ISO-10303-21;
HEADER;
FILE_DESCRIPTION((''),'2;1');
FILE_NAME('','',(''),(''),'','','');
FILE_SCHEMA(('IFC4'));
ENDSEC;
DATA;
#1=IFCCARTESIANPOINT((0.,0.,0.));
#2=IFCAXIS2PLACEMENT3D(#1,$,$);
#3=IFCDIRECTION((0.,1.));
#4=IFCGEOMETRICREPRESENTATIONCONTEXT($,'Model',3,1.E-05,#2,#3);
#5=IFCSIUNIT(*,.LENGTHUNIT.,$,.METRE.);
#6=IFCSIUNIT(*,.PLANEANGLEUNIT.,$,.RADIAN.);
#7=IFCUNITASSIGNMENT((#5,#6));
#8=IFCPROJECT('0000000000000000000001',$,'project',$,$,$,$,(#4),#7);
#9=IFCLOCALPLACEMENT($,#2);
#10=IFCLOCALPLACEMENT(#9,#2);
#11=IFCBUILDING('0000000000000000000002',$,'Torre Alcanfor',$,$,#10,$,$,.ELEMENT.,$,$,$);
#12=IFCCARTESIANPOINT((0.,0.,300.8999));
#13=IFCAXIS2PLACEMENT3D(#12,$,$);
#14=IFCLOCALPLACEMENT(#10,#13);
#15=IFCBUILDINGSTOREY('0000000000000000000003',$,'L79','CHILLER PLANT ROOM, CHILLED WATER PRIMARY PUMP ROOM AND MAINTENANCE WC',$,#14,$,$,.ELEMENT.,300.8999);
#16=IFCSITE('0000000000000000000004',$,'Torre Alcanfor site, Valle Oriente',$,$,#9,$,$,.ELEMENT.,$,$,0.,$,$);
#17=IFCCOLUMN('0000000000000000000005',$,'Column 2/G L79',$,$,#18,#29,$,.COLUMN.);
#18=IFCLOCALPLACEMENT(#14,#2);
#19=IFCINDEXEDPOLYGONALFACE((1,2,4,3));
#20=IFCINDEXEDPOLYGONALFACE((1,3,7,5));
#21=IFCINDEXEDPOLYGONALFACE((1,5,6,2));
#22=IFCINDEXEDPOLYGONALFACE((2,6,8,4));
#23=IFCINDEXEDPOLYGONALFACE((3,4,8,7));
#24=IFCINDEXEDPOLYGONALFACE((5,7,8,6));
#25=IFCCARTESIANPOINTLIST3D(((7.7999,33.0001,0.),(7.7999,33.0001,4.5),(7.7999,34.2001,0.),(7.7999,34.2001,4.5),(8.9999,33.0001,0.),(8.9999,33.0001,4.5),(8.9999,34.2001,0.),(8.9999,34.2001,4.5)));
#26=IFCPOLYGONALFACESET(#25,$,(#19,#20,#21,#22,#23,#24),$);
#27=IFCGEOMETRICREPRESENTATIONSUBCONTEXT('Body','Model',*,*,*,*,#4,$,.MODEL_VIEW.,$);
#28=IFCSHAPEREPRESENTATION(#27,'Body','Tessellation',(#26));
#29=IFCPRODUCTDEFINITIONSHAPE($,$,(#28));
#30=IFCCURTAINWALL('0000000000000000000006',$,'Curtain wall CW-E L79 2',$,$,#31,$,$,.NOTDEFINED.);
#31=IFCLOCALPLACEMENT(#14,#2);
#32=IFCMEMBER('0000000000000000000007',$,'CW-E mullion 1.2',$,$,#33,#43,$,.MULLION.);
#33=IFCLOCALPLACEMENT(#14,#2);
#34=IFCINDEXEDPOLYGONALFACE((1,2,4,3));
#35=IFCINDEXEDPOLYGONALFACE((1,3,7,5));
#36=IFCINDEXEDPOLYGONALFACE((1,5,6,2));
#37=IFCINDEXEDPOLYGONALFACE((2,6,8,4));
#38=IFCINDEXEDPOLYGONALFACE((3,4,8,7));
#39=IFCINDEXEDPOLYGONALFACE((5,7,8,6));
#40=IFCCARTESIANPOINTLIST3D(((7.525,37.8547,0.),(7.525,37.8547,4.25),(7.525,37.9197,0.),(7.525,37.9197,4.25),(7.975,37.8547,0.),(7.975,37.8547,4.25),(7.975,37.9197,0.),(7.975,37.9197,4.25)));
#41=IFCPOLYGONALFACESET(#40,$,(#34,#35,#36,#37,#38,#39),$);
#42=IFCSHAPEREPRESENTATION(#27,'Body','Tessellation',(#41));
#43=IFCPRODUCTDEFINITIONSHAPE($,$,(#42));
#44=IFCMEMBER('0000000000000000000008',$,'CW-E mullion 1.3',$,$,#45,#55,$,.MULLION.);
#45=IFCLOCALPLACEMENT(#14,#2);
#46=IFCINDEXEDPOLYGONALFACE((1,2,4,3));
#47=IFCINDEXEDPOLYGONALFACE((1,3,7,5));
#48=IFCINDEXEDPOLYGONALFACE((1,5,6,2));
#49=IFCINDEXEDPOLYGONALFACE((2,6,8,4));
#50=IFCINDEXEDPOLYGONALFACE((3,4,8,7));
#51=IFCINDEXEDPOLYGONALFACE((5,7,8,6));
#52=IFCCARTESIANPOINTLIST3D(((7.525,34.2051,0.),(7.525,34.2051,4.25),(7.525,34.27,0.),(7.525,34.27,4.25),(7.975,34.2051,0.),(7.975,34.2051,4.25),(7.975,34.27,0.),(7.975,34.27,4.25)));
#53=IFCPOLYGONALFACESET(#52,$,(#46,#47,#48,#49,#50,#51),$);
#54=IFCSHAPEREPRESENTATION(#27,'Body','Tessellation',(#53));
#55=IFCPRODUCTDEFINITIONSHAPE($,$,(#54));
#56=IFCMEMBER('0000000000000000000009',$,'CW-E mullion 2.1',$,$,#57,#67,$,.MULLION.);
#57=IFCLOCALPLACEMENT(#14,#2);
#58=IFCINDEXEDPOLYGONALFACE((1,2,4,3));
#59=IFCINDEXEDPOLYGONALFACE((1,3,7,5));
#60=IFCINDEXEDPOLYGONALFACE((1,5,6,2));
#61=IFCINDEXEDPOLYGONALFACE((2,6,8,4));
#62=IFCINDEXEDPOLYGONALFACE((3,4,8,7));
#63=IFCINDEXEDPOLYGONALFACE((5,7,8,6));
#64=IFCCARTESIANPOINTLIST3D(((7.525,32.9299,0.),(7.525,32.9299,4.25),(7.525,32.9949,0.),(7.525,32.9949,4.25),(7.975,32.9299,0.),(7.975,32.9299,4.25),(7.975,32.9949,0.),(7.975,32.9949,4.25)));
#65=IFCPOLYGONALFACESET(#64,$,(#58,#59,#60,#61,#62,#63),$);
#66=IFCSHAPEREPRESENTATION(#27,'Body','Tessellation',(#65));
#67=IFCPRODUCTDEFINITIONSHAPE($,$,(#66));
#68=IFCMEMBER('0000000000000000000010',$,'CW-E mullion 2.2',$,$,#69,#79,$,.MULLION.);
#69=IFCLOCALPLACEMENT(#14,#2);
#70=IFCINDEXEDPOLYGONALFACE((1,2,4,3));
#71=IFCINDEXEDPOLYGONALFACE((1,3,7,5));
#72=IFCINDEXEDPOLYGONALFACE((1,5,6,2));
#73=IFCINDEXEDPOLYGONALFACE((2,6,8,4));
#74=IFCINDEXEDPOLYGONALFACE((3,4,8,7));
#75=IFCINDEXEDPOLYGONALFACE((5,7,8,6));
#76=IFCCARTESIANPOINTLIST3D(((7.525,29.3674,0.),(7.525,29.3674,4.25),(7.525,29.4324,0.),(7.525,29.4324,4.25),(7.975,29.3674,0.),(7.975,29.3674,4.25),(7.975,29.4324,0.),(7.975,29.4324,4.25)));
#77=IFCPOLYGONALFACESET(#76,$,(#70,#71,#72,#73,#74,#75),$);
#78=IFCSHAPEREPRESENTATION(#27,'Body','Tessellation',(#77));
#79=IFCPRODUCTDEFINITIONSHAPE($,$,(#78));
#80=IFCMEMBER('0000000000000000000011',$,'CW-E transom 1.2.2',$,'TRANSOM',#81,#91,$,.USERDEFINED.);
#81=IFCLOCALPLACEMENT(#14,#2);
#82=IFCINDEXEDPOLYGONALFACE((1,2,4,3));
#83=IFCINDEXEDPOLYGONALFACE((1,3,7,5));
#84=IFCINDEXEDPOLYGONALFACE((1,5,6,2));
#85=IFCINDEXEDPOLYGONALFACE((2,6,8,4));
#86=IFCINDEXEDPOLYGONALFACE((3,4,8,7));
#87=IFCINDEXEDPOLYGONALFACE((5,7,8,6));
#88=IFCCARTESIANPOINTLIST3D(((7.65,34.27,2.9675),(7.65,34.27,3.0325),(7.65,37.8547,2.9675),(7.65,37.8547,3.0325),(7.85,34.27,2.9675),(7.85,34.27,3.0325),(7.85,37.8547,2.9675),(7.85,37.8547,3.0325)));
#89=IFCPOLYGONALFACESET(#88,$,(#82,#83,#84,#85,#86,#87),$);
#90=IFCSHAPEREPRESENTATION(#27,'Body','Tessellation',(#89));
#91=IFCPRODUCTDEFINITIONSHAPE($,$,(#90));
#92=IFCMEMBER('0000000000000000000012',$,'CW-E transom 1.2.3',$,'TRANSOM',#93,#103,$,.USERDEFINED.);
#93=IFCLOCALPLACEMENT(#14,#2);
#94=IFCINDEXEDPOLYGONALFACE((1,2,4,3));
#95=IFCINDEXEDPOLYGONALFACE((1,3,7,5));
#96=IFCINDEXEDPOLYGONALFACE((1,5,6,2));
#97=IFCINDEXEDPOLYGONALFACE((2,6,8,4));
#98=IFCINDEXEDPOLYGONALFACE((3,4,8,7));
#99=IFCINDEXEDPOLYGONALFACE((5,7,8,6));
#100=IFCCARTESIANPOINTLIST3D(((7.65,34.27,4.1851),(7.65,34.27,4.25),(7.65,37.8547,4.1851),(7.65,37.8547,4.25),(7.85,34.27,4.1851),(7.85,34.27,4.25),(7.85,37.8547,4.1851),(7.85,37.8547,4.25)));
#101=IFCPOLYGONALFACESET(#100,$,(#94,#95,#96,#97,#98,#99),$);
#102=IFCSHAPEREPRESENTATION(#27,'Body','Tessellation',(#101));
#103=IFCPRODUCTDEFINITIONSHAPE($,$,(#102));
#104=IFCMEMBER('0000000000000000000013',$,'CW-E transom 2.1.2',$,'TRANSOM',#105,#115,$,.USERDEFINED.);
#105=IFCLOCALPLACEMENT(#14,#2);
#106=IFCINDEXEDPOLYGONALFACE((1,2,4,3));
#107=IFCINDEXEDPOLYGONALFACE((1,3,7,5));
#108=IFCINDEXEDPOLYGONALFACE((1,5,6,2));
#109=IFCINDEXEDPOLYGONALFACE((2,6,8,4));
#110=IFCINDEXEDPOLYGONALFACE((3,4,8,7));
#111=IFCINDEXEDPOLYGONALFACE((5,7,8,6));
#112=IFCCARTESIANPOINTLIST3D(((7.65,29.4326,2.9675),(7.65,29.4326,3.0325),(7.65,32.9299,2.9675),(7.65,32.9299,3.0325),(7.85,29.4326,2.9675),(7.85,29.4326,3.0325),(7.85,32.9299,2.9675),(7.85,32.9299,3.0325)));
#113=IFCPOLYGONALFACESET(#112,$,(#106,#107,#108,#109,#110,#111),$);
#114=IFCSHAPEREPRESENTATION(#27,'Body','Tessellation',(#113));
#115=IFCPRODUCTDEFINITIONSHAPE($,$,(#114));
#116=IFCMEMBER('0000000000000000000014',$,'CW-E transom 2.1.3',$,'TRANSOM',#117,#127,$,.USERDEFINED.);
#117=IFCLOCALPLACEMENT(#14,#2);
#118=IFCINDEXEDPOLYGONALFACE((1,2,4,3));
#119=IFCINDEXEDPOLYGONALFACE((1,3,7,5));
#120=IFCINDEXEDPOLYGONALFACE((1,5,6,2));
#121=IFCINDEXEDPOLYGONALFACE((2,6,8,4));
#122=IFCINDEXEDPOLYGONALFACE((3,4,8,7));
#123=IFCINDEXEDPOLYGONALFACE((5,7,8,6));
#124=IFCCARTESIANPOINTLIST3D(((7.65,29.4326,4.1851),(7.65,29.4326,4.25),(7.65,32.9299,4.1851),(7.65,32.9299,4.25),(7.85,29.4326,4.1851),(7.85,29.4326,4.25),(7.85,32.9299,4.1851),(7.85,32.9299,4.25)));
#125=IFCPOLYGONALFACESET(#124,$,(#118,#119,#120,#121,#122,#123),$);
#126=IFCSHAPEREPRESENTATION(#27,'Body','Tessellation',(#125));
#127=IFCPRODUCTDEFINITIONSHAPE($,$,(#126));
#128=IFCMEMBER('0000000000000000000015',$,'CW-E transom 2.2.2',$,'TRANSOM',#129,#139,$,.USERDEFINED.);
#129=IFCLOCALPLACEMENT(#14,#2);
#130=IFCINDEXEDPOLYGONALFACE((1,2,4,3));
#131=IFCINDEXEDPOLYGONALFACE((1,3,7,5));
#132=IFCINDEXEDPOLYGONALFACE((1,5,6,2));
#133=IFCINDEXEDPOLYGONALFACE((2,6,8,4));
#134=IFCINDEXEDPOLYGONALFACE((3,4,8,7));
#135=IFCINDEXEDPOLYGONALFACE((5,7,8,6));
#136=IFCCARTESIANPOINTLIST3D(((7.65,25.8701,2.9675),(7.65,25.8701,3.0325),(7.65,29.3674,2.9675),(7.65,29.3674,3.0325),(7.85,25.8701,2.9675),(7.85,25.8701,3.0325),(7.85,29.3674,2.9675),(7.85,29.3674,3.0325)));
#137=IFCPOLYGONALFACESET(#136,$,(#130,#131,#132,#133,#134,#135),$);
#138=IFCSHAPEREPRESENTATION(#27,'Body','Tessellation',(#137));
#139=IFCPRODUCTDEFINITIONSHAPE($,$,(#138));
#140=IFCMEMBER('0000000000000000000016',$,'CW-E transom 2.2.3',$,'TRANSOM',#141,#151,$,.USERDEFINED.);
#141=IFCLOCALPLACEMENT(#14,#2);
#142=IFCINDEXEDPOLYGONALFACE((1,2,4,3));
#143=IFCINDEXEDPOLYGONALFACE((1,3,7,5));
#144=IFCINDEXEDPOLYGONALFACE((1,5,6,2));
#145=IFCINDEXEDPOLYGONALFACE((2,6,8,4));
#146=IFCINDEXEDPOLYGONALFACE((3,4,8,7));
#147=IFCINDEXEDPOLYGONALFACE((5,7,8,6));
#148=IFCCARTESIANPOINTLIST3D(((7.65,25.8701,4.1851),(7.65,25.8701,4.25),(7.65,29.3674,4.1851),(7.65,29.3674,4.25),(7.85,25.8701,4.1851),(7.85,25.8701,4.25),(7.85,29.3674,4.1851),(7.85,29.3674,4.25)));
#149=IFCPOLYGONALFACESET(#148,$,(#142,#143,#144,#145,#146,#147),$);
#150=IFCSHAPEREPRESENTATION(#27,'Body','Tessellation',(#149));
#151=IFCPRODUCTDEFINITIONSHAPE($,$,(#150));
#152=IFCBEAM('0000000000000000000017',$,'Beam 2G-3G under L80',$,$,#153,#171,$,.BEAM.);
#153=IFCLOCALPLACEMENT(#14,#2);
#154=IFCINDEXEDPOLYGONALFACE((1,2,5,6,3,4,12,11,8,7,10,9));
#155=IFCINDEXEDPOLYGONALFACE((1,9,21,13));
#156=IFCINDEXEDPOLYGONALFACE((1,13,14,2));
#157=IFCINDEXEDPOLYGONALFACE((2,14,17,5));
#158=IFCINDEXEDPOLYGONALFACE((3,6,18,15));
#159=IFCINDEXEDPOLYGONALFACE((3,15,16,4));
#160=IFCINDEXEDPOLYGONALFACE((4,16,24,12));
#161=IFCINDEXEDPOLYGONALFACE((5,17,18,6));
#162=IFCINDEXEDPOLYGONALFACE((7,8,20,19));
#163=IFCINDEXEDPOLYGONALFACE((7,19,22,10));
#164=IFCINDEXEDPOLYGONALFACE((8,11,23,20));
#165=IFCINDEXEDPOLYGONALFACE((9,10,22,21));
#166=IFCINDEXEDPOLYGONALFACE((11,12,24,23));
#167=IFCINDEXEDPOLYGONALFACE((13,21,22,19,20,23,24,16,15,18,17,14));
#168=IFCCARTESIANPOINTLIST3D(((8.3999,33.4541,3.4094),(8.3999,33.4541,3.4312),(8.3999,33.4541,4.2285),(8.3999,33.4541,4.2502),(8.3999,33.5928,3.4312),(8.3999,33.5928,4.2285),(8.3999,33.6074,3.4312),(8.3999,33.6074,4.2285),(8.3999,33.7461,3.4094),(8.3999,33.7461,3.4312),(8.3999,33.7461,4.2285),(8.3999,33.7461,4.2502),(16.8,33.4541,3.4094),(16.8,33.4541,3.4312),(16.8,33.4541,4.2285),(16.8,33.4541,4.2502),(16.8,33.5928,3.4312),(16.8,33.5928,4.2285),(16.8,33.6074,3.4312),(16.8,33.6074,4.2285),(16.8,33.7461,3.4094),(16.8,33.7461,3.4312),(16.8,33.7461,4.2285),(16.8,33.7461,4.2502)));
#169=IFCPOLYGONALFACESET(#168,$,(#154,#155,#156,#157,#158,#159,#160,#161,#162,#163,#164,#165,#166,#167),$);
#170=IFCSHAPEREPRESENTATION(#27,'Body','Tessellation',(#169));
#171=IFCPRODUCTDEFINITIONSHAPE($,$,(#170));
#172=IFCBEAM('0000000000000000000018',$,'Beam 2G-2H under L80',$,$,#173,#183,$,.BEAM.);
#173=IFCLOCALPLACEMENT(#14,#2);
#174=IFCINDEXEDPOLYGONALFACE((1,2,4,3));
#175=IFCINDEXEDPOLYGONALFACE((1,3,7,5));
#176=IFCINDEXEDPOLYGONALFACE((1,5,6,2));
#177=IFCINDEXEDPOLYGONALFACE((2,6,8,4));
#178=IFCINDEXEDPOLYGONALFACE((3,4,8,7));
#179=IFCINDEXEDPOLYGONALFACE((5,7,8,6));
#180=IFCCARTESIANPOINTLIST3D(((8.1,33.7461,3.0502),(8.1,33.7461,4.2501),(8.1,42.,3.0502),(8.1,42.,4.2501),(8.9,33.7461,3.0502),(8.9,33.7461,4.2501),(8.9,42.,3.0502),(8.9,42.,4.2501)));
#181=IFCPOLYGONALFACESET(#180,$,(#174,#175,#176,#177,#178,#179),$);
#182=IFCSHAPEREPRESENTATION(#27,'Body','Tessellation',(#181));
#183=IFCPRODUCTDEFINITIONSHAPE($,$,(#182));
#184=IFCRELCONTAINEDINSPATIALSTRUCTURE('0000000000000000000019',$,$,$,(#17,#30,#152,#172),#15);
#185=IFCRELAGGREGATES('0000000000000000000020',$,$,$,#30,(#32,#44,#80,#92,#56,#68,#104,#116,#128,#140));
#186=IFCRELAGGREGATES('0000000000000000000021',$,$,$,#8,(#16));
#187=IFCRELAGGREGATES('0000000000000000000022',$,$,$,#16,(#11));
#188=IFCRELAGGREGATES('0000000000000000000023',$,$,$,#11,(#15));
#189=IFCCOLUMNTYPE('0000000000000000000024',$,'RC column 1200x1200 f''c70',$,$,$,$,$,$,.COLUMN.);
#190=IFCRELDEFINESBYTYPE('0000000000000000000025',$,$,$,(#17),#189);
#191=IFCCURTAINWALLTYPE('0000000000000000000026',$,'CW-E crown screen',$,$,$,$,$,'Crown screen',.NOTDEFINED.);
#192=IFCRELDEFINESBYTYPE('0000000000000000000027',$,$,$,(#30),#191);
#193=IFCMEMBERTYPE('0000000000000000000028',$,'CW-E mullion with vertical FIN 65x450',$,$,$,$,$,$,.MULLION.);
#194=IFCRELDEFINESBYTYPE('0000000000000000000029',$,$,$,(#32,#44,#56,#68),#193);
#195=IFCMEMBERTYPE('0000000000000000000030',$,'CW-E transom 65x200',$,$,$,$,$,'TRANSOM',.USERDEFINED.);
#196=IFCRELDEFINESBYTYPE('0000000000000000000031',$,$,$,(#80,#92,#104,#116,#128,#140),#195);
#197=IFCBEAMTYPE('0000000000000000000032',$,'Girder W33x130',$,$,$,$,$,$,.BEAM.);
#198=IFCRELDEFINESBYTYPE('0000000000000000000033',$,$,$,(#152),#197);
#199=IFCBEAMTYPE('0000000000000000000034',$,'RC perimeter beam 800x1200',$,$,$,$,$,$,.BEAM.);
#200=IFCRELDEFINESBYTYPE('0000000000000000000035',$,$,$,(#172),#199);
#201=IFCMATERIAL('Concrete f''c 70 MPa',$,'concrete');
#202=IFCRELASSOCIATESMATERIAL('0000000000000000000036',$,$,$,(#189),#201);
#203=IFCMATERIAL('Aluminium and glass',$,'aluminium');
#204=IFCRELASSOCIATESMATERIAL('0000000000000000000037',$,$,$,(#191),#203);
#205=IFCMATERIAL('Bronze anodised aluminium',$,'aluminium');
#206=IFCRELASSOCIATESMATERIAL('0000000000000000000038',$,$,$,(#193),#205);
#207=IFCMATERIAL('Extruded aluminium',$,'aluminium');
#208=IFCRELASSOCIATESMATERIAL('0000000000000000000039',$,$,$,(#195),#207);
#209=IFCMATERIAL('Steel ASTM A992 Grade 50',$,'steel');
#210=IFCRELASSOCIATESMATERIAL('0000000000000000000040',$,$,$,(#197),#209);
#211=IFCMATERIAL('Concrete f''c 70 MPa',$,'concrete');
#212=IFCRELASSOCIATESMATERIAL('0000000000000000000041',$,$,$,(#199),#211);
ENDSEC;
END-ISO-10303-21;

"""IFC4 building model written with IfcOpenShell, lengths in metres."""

from ifc_helpers import new_model, si_unit, direction, frame, origin, origin_2d, place, context, subcontext, project, spatial, rectangle, i_section, extrude, material, material_profile, profile_set, type_object, element, aggregate, save


model = new_model("IFC4")

# Units and contexts
model_context = context("Model", 3, precision=1e-05, world=origin(), true_north=direction((0.0, 1.0)))
body_context = subcontext(model_context, "Body", "Model", "MODEL_VIEW")
ifc_project = project(units=[si_unit("LENGTHUNIT", "METRE"), si_unit("PLANEANGLEUNIT", "RADIAN")], contexts=[model_context])

# Site, building, storey
site_placement = place(None, origin())
site = spatial("IfcSite", under=ifc_project, at=site_placement, Name="Torre Alcanfor site, Valle Oriente", CompositionType="ELEMENT", RefElevation=0.0)
building_placement = place(site_placement, origin())
building = spatial("IfcBuilding", under=site, at=building_placement, Name="Torre Alcanfor", CompositionType="ELEMENT")
storey_placement = place(building_placement, frame((0.0, 0.0, 300.8999)))
storey = spatial("IfcBuildingStorey", under=building, at=storey_placement, Name="L79", Description="CHILLER PLANT ROOM, CHILLED WATER PRIMARY PUMP ROOM AND MAINTENANCE WC", CompositionType="ELEMENT", Elevation=300.8999)

# Column
ifc_material_1 = material(Name="Concrete f'c 70 MPa", Category="concrete")
ifc_material_profile_1 = material_profile(ifc_material_1, rectangle(XDim=1.2, YDim=1.2, at=origin_2d()), Name="1200x1200")
ifc_profile_set_1 = profile_set([ifc_material_profile_1], Name="Concrete f'c 70 MPa")
column_type = type_object("IfcColumnType", Name="RC column 1200x1200 f'c70", PredefinedType="COLUMN", material=ifc_profile_set_1)
column_placement = place(storey_placement, frame((8.3999, 33.6001, 0.0), z_axis=(0.0, 0.0, 1.0), x_axis=(1.0, 0.0, 0.0)))
element("IfcColumn", 1, at=column_placement, inside=storey, type_object=column_type, Name="Column 2/G L79", PredefinedType="COLUMN", context=body_context, shape_type="SweptSolid", body=[
    extrude(rectangle(XDim=1.2, YDim=1.2, at=origin_2d()), origin(), (0.0, 0.0, 1.0), 4.5),
])

# Curtain wall, members
ifc_material_2 = material(Name="Aluminium and glass", Category="aluminium")
curtain_wall_type = type_object("IfcCurtainWallType", Name="CW-E crown screen", ElementType="Crown screen", PredefinedType="NOTDEFINED", material=ifc_material_2)
curtain_wall_placement = place(storey_placement, origin())
curtain_wall = element("IfcCurtainWall", 2, at=curtain_wall_placement, inside=storey, type_object=curtain_wall_type, Name="Curtain wall CW-E L79 2", PredefinedType="NOTDEFINED")
ifc_material_3 = material(Name="Bronze anodised aluminium", Category="aluminium")
ifc_material_profile_2 = material_profile(ifc_material_3, rectangle(XDim=0.45, YDim=0.0649, at=origin_2d()), Name="CW-E mullion 65x450")
ifc_profile_set_2 = profile_set([ifc_material_profile_2], Name="Bronze anodised aluminium")
member_type_1 = type_object("IfcMemberType", Name="CW-E mullion with vertical FIN 65x450", PredefinedType="MULLION", material=ifc_profile_set_2)
member_1_placement = place(storey_placement, frame((7.75, 37.8872, 0.0), z_axis=(0.0, 0.0, 1.0), x_axis=(1.0, 0.0, 0.0)))
member_1 = element("IfcMember", 3, at=member_1_placement, type_object=member_type_1, Name="CW-E mullion 1.2", PredefinedType="MULLION", context=body_context, shape_type="SweptSolid", body=[
    extrude(rectangle(XDim=0.45, YDim=0.0649, at=origin_2d()), origin(), (0.0, 0.0, 1.0), 4.25),
])
member_2_placement = place(storey_placement, frame((7.75, 34.2375, 0.0), z_axis=(0.0, 0.0, 1.0), x_axis=(1.0, 0.0, 0.0)))
member_2 = element("IfcMember", 4, at=member_2_placement, type_object=member_type_1, Name="CW-E mullion 1.3", PredefinedType="MULLION", context=body_context, shape_type="SweptSolid", body=[
    extrude(rectangle(XDim=0.45, YDim=0.0649, at=origin_2d()), origin(), (0.0, 0.0, 1.0), 4.25),
])
member_3_placement = place(storey_placement, frame((7.75, 32.9624, 0.0), z_axis=(0.0, 0.0, 1.0), x_axis=(1.0, 0.0, 0.0)))
member_3 = element("IfcMember", 5, at=member_3_placement, type_object=member_type_1, Name="CW-E mullion 2.1", PredefinedType="MULLION", context=body_context, shape_type="SweptSolid", body=[
    extrude(rectangle(XDim=0.45, YDim=0.0649, at=origin_2d()), origin(), (0.0, 0.0, 1.0), 4.25),
])
member_4_placement = place(storey_placement, frame((7.75, 29.3999, 0.0), z_axis=(0.0, 0.0, 1.0), x_axis=(1.0, 0.0, 0.0)))
member_4 = element("IfcMember", 6, at=member_4_placement, type_object=member_type_1, Name="CW-E mullion 2.2", PredefinedType="MULLION", context=body_context, shape_type="SweptSolid", body=[
    extrude(rectangle(XDim=0.45, YDim=0.0649, at=origin_2d()), origin(), (0.0, 0.0, 1.0), 4.25),
])
ifc_material_4 = material(Name="Extruded aluminium", Category="aluminium")
ifc_material_profile_3 = material_profile(ifc_material_4, rectangle(XDim=0.2, YDim=0.0649, at=origin_2d()), Name="CW-E transom 200x65")
ifc_profile_set_3 = profile_set([ifc_material_profile_3], Name="Extruded aluminium")
member_type_2 = type_object("IfcMemberType", Name="CW-E transom 65x200", ElementType="TRANSOM", PredefinedType="USERDEFINED", material=ifc_profile_set_3)
member_5_placement = place(storey_placement, frame((7.75, 37.8547, 3.0), z_axis=(0.0, -1.0, 0.0), x_axis=(1.0, 0.0, 0.0)))
member_5 = element("IfcMember", 7, at=member_5_placement, type_object=member_type_2, Name="CW-E transom 1.2.2", ObjectType="TRANSOM", PredefinedType="USERDEFINED", context=body_context, shape_type="SweptSolid", body=[
    extrude(rectangle(XDim=0.2, YDim=0.0649, at=origin_2d()), origin(), (0.0, 0.0, 1.0), 3.5847),
])
member_6_placement = place(storey_placement, frame((7.75, 37.8547, 4.2175), z_axis=(0.0, -1.0, 0.0), x_axis=(1.0, 0.0, 0.0)))
member_6 = element("IfcMember", 8, at=member_6_placement, type_object=member_type_2, Name="CW-E transom 1.2.3", ObjectType="TRANSOM", PredefinedType="USERDEFINED", context=body_context, shape_type="SweptSolid", body=[
    extrude(rectangle(XDim=0.2, YDim=0.0649, at=origin_2d()), origin(), (0.0, 0.0, 1.0), 3.5847),
])
member_7_placement = place(storey_placement, frame((7.75, 32.9299, 3.0), z_axis=(0.0, -1.0, 0.0), x_axis=(1.0, 0.0, 0.0)))
member_7 = element("IfcMember", 9, at=member_7_placement, type_object=member_type_2, Name="CW-E transom 2.1.2", ObjectType="TRANSOM", PredefinedType="USERDEFINED", context=body_context, shape_type="SweptSolid", body=[
    extrude(rectangle(XDim=0.2, YDim=0.0649, at=origin_2d()), origin(), (0.0, 0.0, 1.0), 3.4973),
])
member_8_placement = place(storey_placement, frame((7.75, 32.9299, 4.2175), z_axis=(0.0, -1.0, 0.0), x_axis=(1.0, 0.0, 0.0)))
member_8 = element("IfcMember", 10, at=member_8_placement, type_object=member_type_2, Name="CW-E transom 2.1.3", ObjectType="TRANSOM", PredefinedType="USERDEFINED", context=body_context, shape_type="SweptSolid", body=[
    extrude(rectangle(XDim=0.2, YDim=0.0649, at=origin_2d()), origin(), (0.0, 0.0, 1.0), 3.4973),
])
member_9_placement = place(storey_placement, frame((7.75, 29.3674, 3.0), z_axis=(0.0, -1.0, 0.0), x_axis=(1.0, 0.0, 0.0)))
member_9 = element("IfcMember", 11, at=member_9_placement, type_object=member_type_2, Name="CW-E transom 2.2.2", ObjectType="TRANSOM", PredefinedType="USERDEFINED", context=body_context, shape_type="SweptSolid", body=[
    extrude(rectangle(XDim=0.2, YDim=0.0649, at=origin_2d()), origin(), (0.0, 0.0, 1.0), 3.4973),
])
member_10_placement = place(storey_placement, frame((7.75, 29.3674, 4.2175), z_axis=(0.0, -1.0, 0.0), x_axis=(1.0, 0.0, 0.0)))
member_10 = element("IfcMember", 12, at=member_10_placement, type_object=member_type_2, Name="CW-E transom 2.2.3", ObjectType="TRANSOM", PredefinedType="USERDEFINED", context=body_context, shape_type="SweptSolid", body=[
    extrude(rectangle(XDim=0.2, YDim=0.0649, at=origin_2d()), origin(), (0.0, 0.0, 1.0), 3.4973),
])

# Beams
ifc_material_5 = material(Name="Steel ASTM A992 Grade 50", Category="steel")
ifc_material_profile_4 = material_profile(ifc_material_5, i_section(OverallWidth=0.292, OverallDepth=0.8408, WebThickness=0.0146, FlangeThickness=0.0217, at=origin_2d()), Name="W33x130")
ifc_profile_set_4 = profile_set([ifc_material_profile_4], Name="Steel ASTM A992 Grade 50")
beam_type_1 = type_object("IfcBeamType", Name="Girder W33x130", PredefinedType="BEAM", material=ifc_profile_set_4)
beam_1_placement = place(storey_placement, frame((8.3999, 33.6001, 3.8298), z_axis=(1.0, 0.0, 0.0), x_axis=(0.0, 1.0, 0.0)))
element("IfcBeam", 13, at=beam_1_placement, inside=storey, type_object=beam_type_1, Name="Beam 2G-3G under L80", PredefinedType="BEAM", context=body_context, shape_type="SweptSolid", body=[
    extrude(i_section(OverallWidth=0.292, OverallDepth=0.8408, WebThickness=0.0146, FlangeThickness=0.0217, at=origin_2d()), origin(), (0.0, 0.0, 1.0), 8.4001),
])
ifc_material_6 = material(Name="Concrete f'c 70 MPa", Category="concrete")
ifc_material_profile_5 = material_profile(ifc_material_6, rectangle(XDim=0.8, YDim=1.2, at=origin_2d()), Name="800x1200")
ifc_profile_set_5 = profile_set([ifc_material_profile_5], Name="Concrete f'c 70 MPa")
beam_type_2 = type_object("IfcBeamType", Name="RC perimeter beam 800x1200", PredefinedType="BEAM", material=ifc_profile_set_5)
beam_2_placement = place(storey_placement, frame((8.5, 33.7461, 3.6501), z_axis=(0.0, 1.0, 0.0), x_axis=(-1.0, 0.0, 0.0)))
element("IfcBeam", 14, at=beam_2_placement, inside=storey, type_object=beam_type_2, Name="Beam 2G-2H under L80", PredefinedType="BEAM", context=body_context, shape_type="SweptSolid", body=[
    extrude(rectangle(XDim=0.8, YDim=1.2, at=origin_2d()), origin(), (0.0, 0.0, 1.0), 8.2539),
])

aggregate(curtain_wall, [member_1, member_2, member_5, member_6, member_3, member_4, member_7, member_8, member_9, member_10])

save(model, "model.ifc")
